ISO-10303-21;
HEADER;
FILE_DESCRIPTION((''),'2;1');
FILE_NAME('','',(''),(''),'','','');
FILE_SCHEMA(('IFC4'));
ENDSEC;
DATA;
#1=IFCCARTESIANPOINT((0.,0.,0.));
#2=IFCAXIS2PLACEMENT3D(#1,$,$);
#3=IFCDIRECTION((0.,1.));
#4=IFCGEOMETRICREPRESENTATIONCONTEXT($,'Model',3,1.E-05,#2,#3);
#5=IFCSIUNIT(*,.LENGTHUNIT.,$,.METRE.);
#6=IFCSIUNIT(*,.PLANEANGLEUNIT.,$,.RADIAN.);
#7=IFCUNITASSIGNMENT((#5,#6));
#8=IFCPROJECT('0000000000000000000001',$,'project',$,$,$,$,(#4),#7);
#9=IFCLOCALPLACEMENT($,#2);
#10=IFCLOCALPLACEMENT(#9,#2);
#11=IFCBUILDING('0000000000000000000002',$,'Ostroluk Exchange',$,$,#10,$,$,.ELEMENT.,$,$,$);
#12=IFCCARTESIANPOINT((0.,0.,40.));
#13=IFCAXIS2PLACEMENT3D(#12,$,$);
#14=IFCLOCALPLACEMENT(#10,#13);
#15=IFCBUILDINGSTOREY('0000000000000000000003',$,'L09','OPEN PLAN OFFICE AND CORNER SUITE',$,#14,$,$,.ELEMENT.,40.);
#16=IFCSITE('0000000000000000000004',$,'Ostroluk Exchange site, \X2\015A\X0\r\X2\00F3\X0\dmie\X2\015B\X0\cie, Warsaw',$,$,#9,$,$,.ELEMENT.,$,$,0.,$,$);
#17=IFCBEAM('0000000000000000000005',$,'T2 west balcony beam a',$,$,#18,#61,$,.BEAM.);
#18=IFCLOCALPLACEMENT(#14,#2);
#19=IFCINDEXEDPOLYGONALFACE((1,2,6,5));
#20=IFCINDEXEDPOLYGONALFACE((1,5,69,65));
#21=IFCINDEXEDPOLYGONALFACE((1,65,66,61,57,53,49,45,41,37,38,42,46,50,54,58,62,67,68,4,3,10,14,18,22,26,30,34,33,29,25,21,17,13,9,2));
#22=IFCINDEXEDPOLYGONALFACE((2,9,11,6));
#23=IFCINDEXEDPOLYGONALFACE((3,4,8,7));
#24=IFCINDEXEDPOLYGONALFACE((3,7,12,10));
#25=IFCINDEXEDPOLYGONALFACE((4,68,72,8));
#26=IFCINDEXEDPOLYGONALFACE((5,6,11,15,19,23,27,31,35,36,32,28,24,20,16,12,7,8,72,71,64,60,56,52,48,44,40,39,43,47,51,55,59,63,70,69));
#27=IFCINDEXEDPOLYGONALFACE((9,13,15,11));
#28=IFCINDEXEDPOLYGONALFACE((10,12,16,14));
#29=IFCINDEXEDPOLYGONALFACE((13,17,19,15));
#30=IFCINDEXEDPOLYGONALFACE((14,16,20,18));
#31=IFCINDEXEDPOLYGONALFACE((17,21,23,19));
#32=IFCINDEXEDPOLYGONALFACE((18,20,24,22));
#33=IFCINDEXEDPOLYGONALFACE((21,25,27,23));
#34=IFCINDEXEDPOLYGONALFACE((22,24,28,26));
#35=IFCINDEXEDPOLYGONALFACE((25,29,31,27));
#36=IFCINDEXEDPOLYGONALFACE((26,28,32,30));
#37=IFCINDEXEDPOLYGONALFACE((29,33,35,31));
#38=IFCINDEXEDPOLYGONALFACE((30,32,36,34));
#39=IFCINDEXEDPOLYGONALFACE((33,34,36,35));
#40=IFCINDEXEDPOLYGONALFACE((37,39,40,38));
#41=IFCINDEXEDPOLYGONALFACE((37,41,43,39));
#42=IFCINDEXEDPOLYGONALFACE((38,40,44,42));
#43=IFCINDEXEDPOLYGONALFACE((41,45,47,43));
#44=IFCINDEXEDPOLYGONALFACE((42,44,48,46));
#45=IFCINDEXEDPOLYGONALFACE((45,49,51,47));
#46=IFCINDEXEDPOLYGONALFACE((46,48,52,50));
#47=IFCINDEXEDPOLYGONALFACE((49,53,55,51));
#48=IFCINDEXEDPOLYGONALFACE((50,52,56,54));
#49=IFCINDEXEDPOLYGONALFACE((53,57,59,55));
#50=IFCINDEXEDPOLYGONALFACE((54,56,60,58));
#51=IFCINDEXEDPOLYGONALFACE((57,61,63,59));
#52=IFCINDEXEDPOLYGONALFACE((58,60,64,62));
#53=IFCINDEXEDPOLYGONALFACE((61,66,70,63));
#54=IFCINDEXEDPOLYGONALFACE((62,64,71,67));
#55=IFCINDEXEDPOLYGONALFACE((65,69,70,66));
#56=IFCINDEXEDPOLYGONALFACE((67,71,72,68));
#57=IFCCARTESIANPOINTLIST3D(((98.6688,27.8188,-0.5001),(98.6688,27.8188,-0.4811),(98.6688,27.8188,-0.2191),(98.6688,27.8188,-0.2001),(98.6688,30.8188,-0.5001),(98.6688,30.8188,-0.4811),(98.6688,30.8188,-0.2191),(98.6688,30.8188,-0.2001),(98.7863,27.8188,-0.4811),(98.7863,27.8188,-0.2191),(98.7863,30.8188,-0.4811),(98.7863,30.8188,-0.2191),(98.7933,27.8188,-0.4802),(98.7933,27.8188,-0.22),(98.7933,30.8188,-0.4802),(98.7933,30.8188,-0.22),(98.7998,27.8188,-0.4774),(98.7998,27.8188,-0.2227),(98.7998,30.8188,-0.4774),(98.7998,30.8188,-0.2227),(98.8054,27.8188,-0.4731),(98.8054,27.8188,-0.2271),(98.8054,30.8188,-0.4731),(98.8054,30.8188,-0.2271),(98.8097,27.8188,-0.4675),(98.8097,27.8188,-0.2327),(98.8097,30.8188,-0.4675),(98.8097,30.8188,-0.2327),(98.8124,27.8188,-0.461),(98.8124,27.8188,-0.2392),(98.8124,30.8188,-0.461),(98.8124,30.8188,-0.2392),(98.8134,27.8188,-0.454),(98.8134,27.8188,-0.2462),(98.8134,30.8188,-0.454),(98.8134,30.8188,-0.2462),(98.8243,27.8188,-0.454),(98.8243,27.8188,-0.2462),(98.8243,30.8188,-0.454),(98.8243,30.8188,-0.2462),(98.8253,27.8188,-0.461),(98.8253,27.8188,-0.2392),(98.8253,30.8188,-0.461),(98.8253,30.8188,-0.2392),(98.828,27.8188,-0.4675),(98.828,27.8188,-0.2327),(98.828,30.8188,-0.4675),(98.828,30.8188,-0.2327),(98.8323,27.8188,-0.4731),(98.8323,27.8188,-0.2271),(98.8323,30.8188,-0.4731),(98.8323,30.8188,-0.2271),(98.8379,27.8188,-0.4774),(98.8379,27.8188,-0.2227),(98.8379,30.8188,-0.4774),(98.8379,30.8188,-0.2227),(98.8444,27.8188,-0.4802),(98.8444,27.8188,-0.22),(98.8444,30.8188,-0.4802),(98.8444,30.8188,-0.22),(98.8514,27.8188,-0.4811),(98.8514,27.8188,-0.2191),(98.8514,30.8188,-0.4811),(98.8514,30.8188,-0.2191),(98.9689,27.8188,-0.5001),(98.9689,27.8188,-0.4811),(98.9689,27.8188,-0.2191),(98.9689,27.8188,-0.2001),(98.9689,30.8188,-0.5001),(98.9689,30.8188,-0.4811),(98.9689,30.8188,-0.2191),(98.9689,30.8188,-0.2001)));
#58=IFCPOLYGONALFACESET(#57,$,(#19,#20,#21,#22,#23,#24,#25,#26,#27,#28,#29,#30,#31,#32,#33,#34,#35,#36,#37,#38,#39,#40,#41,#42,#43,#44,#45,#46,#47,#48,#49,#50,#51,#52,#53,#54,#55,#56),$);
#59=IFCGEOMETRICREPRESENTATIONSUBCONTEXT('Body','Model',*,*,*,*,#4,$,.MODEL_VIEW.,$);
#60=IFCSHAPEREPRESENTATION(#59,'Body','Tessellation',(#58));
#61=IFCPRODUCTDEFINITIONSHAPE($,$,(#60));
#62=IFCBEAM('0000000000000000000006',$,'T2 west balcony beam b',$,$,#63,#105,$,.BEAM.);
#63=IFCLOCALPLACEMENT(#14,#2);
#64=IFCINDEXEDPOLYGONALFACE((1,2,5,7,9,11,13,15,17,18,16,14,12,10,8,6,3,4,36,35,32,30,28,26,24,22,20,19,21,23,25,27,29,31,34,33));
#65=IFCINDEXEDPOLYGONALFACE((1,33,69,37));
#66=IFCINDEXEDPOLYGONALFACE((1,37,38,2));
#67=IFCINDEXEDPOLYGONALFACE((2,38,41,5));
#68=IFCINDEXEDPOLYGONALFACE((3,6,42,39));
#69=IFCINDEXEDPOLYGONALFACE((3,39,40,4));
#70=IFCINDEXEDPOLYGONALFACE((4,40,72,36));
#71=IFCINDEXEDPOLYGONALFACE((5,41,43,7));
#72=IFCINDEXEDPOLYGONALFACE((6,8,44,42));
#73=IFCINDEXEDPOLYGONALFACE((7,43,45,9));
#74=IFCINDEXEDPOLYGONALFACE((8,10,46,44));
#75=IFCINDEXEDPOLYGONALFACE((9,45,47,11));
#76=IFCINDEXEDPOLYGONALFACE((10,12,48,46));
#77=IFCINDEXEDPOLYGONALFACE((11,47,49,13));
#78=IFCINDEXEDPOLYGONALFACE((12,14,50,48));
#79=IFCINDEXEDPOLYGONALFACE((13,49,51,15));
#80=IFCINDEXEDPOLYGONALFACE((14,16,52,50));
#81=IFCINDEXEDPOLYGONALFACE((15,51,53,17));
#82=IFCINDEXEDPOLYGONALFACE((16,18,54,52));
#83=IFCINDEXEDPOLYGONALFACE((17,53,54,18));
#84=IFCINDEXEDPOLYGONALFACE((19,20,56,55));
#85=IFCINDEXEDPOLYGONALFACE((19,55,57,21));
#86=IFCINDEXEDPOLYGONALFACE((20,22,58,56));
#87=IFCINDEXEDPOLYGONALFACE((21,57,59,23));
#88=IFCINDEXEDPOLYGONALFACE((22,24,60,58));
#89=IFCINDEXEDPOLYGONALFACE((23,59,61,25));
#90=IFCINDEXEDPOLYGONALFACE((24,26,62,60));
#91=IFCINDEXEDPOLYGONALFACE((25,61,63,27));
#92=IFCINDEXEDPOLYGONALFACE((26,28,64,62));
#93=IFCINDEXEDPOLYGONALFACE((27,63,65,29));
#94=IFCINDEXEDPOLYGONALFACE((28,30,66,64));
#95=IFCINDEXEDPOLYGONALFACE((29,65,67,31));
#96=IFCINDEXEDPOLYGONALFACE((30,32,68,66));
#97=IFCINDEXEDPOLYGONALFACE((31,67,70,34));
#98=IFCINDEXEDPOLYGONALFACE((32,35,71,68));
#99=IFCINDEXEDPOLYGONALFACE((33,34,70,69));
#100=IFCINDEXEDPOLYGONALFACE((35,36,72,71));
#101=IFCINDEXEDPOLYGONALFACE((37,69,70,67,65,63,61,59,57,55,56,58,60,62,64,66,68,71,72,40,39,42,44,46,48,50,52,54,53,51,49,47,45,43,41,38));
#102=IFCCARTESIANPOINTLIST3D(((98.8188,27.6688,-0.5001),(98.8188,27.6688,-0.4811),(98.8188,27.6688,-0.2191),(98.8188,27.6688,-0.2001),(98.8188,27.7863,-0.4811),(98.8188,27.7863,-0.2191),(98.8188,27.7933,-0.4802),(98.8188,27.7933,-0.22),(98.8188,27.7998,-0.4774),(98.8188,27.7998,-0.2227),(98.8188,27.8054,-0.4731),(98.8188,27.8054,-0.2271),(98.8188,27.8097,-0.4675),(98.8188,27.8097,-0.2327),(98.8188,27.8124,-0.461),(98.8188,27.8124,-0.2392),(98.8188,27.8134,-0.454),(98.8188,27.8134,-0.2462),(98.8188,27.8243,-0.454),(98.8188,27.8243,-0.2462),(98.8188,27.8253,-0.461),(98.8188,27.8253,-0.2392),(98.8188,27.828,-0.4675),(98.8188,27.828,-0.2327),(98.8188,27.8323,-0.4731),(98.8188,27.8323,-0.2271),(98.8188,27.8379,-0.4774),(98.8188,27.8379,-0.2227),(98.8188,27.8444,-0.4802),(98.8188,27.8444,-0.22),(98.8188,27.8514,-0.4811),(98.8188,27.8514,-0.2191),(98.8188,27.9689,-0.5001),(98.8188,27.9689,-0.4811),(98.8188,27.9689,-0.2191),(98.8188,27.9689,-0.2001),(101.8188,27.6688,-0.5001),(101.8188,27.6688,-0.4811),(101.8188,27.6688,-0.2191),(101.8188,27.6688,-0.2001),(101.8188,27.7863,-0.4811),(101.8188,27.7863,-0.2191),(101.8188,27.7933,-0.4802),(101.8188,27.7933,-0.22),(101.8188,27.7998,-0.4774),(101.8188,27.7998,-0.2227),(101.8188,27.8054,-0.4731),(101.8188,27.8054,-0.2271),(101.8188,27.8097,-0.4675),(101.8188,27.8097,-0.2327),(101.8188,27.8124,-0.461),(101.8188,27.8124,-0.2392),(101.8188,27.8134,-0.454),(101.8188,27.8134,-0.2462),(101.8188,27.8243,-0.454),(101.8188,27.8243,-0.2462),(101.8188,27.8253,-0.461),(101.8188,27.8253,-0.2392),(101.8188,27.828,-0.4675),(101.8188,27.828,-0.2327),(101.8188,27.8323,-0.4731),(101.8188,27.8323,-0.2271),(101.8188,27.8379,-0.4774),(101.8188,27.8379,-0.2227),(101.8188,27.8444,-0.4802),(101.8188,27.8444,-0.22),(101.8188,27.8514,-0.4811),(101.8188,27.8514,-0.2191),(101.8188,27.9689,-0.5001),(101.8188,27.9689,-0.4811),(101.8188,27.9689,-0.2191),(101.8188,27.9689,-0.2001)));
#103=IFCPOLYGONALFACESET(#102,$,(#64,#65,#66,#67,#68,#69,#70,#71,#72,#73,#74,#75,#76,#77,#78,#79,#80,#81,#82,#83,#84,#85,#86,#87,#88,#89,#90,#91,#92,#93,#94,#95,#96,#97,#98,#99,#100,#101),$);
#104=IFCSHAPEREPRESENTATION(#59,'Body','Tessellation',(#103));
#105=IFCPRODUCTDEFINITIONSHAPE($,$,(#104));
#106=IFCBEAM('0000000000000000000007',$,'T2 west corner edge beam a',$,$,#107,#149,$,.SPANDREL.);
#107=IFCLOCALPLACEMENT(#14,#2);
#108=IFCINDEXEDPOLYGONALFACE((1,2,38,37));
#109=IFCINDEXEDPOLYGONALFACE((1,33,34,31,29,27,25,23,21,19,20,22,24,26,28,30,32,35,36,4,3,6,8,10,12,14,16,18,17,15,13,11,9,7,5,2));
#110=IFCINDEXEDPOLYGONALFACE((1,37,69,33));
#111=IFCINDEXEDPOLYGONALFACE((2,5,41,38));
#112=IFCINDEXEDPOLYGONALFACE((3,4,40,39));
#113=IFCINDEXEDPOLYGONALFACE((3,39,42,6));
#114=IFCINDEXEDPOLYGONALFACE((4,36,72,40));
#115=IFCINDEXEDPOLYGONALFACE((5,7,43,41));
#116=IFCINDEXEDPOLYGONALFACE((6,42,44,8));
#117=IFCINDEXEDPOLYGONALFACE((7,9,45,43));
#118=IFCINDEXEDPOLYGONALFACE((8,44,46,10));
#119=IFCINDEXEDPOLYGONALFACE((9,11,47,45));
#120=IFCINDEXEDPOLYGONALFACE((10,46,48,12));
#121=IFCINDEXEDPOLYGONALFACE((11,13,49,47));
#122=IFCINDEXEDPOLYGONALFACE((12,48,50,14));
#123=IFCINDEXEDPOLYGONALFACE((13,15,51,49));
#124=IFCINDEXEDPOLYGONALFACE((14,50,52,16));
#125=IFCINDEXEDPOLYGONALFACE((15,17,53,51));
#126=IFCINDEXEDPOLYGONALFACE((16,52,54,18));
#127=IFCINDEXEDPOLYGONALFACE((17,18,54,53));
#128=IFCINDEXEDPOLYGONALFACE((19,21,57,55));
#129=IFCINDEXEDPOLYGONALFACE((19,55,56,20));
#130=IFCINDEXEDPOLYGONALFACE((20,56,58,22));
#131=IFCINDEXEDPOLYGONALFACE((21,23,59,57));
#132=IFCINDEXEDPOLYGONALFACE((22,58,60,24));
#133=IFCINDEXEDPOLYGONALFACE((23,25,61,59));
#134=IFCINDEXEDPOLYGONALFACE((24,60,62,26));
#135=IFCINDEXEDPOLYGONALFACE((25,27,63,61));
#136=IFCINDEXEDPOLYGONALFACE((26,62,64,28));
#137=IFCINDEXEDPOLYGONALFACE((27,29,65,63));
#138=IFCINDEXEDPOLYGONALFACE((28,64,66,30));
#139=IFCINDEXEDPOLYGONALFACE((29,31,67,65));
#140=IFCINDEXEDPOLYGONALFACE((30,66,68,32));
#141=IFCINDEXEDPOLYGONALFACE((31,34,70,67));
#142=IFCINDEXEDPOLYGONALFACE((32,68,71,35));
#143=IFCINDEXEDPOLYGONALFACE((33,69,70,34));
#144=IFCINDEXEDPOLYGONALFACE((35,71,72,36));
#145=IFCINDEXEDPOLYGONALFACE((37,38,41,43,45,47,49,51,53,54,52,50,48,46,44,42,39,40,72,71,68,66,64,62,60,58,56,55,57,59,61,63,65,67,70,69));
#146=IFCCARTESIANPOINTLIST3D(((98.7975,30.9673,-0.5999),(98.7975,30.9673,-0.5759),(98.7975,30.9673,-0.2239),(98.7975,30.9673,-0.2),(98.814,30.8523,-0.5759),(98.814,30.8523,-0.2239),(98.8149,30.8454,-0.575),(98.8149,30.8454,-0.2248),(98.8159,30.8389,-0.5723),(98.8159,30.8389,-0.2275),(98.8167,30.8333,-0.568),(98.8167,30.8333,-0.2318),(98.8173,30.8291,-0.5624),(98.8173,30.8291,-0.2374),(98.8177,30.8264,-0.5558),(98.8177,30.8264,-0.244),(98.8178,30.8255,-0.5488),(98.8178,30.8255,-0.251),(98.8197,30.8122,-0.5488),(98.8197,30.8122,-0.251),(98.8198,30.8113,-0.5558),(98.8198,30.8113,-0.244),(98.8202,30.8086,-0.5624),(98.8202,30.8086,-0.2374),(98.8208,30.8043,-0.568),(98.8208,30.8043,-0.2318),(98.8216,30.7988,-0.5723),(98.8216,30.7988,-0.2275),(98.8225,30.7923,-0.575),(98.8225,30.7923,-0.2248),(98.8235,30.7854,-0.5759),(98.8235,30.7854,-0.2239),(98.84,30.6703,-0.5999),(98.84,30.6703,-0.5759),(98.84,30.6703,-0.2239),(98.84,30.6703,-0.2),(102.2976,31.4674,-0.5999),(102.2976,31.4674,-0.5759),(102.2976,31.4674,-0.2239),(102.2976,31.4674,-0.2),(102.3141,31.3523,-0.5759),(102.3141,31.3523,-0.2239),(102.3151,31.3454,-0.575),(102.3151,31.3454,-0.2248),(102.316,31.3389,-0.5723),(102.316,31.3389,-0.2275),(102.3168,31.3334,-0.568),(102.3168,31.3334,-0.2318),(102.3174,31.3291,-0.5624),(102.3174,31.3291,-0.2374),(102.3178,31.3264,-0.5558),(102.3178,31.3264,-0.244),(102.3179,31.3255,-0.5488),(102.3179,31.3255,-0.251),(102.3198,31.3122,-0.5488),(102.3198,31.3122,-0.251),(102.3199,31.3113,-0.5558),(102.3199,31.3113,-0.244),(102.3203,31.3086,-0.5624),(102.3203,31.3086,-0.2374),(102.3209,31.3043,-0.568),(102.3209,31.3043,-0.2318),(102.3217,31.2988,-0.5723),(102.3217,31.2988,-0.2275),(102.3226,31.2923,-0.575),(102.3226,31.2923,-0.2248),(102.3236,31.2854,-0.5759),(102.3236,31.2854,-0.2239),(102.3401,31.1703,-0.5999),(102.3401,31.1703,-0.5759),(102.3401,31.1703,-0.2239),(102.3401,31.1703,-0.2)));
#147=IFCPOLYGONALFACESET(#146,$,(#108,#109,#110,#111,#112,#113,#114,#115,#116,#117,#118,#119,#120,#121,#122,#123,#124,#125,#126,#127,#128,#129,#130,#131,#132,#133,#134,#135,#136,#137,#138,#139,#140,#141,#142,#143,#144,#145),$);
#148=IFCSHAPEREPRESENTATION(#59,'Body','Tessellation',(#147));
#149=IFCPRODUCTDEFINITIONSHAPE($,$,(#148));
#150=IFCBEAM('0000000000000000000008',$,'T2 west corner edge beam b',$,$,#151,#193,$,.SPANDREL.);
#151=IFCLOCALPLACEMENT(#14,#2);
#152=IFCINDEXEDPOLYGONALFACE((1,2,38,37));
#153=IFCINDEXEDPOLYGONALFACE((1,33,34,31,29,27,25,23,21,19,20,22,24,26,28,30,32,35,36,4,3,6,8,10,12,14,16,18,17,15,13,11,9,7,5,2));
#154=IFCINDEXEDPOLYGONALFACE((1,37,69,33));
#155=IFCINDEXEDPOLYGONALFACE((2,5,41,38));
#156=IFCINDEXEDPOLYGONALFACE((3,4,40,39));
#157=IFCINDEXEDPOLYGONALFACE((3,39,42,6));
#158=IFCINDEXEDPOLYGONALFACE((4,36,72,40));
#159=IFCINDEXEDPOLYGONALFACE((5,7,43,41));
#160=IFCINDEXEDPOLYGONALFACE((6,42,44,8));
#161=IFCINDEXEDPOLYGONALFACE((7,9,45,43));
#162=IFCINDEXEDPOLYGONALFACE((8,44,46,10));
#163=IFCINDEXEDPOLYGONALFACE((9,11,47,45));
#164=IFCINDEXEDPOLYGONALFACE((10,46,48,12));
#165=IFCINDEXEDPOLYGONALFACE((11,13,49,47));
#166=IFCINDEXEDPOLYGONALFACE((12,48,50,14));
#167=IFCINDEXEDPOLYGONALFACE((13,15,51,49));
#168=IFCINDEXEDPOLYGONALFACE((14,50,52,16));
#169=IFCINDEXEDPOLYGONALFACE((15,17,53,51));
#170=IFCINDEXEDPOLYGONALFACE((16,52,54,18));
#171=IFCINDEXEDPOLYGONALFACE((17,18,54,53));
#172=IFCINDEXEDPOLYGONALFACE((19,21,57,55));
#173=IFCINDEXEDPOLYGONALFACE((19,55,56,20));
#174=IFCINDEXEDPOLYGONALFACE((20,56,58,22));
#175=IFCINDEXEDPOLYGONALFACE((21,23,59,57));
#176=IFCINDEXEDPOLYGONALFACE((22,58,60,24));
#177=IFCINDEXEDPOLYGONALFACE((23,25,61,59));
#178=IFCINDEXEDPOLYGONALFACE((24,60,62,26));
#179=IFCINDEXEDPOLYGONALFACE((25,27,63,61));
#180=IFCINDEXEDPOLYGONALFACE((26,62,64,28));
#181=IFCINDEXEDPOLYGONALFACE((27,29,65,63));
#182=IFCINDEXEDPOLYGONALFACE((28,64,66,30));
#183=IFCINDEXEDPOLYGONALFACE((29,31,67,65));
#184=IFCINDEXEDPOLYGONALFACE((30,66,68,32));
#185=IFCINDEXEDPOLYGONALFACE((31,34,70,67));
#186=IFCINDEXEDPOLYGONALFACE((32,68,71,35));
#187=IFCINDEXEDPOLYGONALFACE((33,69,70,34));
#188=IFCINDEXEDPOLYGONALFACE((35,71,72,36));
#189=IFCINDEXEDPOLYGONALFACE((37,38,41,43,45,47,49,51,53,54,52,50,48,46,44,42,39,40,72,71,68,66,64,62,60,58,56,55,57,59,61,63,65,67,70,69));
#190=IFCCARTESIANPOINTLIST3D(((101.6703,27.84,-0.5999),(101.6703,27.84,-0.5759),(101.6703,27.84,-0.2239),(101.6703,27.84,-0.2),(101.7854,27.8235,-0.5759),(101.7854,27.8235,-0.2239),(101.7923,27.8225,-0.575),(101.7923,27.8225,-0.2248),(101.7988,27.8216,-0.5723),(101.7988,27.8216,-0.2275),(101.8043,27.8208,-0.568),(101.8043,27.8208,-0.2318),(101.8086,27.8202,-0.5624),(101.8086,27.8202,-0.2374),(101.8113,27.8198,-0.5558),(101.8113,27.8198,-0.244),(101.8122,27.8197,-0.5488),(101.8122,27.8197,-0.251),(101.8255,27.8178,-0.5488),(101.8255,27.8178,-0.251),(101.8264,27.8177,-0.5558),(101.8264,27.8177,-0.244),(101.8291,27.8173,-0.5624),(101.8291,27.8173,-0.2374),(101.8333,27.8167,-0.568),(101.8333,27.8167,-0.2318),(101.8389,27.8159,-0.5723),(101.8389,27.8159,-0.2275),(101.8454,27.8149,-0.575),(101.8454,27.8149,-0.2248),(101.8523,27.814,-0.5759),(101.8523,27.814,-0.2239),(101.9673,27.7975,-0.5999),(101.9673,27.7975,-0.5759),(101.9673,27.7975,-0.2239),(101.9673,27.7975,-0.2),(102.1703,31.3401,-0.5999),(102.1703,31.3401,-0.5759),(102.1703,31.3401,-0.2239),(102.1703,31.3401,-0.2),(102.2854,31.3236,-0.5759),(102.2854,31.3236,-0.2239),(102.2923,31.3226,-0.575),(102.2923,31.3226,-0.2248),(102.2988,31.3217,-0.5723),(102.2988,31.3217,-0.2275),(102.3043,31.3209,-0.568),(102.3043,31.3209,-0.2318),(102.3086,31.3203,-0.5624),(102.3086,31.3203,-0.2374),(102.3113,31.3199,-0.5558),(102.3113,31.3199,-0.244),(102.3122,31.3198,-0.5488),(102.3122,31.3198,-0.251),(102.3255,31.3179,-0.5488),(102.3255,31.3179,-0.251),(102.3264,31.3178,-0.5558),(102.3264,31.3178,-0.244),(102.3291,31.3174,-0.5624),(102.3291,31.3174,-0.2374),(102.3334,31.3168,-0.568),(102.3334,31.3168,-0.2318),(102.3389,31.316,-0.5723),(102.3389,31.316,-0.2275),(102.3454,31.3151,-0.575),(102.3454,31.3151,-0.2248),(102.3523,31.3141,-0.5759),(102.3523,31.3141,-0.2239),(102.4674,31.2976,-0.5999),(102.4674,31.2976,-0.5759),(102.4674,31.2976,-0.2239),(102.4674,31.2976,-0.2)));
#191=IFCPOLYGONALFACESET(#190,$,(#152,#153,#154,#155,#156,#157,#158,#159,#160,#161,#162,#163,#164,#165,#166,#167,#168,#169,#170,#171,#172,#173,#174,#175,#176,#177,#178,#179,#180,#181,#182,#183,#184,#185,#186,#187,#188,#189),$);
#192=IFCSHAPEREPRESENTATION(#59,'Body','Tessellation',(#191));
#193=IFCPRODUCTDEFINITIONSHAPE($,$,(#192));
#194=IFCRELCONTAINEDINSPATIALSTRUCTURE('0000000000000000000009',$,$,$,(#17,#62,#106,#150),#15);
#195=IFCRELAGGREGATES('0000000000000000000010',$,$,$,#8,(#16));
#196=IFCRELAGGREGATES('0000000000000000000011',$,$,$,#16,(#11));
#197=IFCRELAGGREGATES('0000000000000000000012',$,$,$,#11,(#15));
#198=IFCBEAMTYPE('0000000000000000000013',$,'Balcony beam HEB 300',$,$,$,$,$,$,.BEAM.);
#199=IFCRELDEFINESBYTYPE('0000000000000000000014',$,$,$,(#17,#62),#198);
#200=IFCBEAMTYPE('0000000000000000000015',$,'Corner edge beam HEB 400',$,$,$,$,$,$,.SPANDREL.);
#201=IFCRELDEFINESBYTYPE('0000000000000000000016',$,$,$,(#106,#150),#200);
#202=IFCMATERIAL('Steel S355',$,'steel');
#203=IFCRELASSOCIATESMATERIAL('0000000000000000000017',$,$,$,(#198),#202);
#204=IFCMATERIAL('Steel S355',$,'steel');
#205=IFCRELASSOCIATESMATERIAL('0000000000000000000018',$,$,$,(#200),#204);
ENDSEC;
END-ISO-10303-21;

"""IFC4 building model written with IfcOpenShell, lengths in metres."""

from ifc_helpers import new_model, si_unit, direction, frame, origin, origin_2d, place, context, subcontext, project, spatial, i_section, extrude, material, material_profile, profile_set, type_object, element, save


model = new_model("IFC4")

# Units and contexts
model_context = context("Model", 3, precision=1e-05, world=origin(), true_north=direction((0.0, 1.0)))
body_context = subcontext(model_context, "Body", "Model", "MODEL_VIEW")
ifc_project = project(units=[si_unit("LENGTHUNIT", "METRE"), si_unit("PLANEANGLEUNIT", "RADIAN")], contexts=[model_context])

# Site, building, storey
site_placement = place(None, origin())
site = spatial("IfcSite", under=ifc_project, at=site_placement, Name="Ostroluk Exchange site, Śródmieście, Warsaw", CompositionType="ELEMENT", RefElevation=0.0)
building_placement = place(site_placement, origin())
building = spatial("IfcBuilding", under=site, at=building_placement, Name="Ostroluk Exchange", CompositionType="ELEMENT")
storey_placement = place(building_placement, frame((0.0, 0.0, 40.0)))
storey = spatial("IfcBuildingStorey", under=building, at=storey_placement, Name="L09", Description="OPEN PLAN OFFICE AND CORNER SUITE", CompositionType="ELEMENT", Elevation=40.0)

# Beams
ifc_material_1 = material(Name="Steel S355", Category="steel")
ifc_material_profile_1 = material_profile(ifc_material_1, i_section(OverallWidth=0.3, OverallDepth=0.3, WebThickness=0.011, FlangeThickness=0.019, FilletRadius=0.0271, at=origin_2d()), Name="HEB 300")
ifc_profile_set_1 = profile_set([ifc_material_profile_1], Name="Steel S355")
beam_type_1 = type_object("IfcBeamType", Name="Balcony beam HEB 300", PredefinedType="BEAM", material=ifc_profile_set_1)
for number, where, z_axis, x_axis, name in (
    (1, (98.8188, 30.8188, -0.3501), (0.0, -1.0, 0.0), (1.0, 0.0, 0.0), "T2 west balcony beam a"),
    (2, (101.8188, 27.8188, -0.3501), (-1.0, 0.0, 0.0), (0.0, -1.0, 0.0), "T2 west balcony beam b"),
):
    element("IfcBeam", number, at=place(storey_placement, frame(where, z_axis=z_axis, x_axis=x_axis)), inside=storey, type_object=beam_type_1, Name=name, PredefinedType="BEAM", context=body_context, shape_type="SweptSolid", body=[
        extrude(i_section(OverallWidth=0.3, OverallDepth=0.3, WebThickness=0.011, FlangeThickness=0.019, FilletRadius=0.0271, at=origin_2d()), origin(), (0.0, 0.0, 1.0), 3.0),
    ])
ifc_material_2 = material(Name="Steel S355", Category="steel")
ifc_material_profile_2 = material_profile(ifc_material_2, i_section(OverallWidth=0.3, OverallDepth=0.3999, WebThickness=0.0134, FlangeThickness=0.0239, FilletRadius=0.0271, at=origin_2d()), Name="HEB 400")
ifc_profile_set_2 = profile_set([ifc_material_profile_2], Name="Steel S355")
beam_type_2 = type_object("IfcBeamType", Name="Corner edge beam HEB 400", PredefinedType="SPANDREL", material=ifc_profile_set_2)
for number, where, z_axis, x_axis, name in (
    (3, (102.3188, 31.3188, -0.3999), (-0.989949, -0.141421, 0.0), (0.141421, -0.989949, 0.0), "T2 west corner edge beam a"),
    (4, (102.3188, 31.3188, -0.3999), (-0.141421, -0.989949, 0.0), (0.989949, -0.141421, 0.0), "T2 west corner edge beam b"),
):
    element("IfcBeam", number, at=place(storey_placement, frame(where, z_axis=z_axis, x_axis=x_axis)), inside=storey, type_object=beam_type_2, Name=name, PredefinedType="SPANDREL", context=body_context, shape_type="SweptSolid", body=[
        extrude(i_section(OverallWidth=0.3, OverallDepth=0.3999, WebThickness=0.0134, FlangeThickness=0.0239, FilletRadius=0.0271, at=origin_2d()), origin(), (0.0, 0.0, 1.0), 3.5356),
    ])

save(model, "model.ifc")
